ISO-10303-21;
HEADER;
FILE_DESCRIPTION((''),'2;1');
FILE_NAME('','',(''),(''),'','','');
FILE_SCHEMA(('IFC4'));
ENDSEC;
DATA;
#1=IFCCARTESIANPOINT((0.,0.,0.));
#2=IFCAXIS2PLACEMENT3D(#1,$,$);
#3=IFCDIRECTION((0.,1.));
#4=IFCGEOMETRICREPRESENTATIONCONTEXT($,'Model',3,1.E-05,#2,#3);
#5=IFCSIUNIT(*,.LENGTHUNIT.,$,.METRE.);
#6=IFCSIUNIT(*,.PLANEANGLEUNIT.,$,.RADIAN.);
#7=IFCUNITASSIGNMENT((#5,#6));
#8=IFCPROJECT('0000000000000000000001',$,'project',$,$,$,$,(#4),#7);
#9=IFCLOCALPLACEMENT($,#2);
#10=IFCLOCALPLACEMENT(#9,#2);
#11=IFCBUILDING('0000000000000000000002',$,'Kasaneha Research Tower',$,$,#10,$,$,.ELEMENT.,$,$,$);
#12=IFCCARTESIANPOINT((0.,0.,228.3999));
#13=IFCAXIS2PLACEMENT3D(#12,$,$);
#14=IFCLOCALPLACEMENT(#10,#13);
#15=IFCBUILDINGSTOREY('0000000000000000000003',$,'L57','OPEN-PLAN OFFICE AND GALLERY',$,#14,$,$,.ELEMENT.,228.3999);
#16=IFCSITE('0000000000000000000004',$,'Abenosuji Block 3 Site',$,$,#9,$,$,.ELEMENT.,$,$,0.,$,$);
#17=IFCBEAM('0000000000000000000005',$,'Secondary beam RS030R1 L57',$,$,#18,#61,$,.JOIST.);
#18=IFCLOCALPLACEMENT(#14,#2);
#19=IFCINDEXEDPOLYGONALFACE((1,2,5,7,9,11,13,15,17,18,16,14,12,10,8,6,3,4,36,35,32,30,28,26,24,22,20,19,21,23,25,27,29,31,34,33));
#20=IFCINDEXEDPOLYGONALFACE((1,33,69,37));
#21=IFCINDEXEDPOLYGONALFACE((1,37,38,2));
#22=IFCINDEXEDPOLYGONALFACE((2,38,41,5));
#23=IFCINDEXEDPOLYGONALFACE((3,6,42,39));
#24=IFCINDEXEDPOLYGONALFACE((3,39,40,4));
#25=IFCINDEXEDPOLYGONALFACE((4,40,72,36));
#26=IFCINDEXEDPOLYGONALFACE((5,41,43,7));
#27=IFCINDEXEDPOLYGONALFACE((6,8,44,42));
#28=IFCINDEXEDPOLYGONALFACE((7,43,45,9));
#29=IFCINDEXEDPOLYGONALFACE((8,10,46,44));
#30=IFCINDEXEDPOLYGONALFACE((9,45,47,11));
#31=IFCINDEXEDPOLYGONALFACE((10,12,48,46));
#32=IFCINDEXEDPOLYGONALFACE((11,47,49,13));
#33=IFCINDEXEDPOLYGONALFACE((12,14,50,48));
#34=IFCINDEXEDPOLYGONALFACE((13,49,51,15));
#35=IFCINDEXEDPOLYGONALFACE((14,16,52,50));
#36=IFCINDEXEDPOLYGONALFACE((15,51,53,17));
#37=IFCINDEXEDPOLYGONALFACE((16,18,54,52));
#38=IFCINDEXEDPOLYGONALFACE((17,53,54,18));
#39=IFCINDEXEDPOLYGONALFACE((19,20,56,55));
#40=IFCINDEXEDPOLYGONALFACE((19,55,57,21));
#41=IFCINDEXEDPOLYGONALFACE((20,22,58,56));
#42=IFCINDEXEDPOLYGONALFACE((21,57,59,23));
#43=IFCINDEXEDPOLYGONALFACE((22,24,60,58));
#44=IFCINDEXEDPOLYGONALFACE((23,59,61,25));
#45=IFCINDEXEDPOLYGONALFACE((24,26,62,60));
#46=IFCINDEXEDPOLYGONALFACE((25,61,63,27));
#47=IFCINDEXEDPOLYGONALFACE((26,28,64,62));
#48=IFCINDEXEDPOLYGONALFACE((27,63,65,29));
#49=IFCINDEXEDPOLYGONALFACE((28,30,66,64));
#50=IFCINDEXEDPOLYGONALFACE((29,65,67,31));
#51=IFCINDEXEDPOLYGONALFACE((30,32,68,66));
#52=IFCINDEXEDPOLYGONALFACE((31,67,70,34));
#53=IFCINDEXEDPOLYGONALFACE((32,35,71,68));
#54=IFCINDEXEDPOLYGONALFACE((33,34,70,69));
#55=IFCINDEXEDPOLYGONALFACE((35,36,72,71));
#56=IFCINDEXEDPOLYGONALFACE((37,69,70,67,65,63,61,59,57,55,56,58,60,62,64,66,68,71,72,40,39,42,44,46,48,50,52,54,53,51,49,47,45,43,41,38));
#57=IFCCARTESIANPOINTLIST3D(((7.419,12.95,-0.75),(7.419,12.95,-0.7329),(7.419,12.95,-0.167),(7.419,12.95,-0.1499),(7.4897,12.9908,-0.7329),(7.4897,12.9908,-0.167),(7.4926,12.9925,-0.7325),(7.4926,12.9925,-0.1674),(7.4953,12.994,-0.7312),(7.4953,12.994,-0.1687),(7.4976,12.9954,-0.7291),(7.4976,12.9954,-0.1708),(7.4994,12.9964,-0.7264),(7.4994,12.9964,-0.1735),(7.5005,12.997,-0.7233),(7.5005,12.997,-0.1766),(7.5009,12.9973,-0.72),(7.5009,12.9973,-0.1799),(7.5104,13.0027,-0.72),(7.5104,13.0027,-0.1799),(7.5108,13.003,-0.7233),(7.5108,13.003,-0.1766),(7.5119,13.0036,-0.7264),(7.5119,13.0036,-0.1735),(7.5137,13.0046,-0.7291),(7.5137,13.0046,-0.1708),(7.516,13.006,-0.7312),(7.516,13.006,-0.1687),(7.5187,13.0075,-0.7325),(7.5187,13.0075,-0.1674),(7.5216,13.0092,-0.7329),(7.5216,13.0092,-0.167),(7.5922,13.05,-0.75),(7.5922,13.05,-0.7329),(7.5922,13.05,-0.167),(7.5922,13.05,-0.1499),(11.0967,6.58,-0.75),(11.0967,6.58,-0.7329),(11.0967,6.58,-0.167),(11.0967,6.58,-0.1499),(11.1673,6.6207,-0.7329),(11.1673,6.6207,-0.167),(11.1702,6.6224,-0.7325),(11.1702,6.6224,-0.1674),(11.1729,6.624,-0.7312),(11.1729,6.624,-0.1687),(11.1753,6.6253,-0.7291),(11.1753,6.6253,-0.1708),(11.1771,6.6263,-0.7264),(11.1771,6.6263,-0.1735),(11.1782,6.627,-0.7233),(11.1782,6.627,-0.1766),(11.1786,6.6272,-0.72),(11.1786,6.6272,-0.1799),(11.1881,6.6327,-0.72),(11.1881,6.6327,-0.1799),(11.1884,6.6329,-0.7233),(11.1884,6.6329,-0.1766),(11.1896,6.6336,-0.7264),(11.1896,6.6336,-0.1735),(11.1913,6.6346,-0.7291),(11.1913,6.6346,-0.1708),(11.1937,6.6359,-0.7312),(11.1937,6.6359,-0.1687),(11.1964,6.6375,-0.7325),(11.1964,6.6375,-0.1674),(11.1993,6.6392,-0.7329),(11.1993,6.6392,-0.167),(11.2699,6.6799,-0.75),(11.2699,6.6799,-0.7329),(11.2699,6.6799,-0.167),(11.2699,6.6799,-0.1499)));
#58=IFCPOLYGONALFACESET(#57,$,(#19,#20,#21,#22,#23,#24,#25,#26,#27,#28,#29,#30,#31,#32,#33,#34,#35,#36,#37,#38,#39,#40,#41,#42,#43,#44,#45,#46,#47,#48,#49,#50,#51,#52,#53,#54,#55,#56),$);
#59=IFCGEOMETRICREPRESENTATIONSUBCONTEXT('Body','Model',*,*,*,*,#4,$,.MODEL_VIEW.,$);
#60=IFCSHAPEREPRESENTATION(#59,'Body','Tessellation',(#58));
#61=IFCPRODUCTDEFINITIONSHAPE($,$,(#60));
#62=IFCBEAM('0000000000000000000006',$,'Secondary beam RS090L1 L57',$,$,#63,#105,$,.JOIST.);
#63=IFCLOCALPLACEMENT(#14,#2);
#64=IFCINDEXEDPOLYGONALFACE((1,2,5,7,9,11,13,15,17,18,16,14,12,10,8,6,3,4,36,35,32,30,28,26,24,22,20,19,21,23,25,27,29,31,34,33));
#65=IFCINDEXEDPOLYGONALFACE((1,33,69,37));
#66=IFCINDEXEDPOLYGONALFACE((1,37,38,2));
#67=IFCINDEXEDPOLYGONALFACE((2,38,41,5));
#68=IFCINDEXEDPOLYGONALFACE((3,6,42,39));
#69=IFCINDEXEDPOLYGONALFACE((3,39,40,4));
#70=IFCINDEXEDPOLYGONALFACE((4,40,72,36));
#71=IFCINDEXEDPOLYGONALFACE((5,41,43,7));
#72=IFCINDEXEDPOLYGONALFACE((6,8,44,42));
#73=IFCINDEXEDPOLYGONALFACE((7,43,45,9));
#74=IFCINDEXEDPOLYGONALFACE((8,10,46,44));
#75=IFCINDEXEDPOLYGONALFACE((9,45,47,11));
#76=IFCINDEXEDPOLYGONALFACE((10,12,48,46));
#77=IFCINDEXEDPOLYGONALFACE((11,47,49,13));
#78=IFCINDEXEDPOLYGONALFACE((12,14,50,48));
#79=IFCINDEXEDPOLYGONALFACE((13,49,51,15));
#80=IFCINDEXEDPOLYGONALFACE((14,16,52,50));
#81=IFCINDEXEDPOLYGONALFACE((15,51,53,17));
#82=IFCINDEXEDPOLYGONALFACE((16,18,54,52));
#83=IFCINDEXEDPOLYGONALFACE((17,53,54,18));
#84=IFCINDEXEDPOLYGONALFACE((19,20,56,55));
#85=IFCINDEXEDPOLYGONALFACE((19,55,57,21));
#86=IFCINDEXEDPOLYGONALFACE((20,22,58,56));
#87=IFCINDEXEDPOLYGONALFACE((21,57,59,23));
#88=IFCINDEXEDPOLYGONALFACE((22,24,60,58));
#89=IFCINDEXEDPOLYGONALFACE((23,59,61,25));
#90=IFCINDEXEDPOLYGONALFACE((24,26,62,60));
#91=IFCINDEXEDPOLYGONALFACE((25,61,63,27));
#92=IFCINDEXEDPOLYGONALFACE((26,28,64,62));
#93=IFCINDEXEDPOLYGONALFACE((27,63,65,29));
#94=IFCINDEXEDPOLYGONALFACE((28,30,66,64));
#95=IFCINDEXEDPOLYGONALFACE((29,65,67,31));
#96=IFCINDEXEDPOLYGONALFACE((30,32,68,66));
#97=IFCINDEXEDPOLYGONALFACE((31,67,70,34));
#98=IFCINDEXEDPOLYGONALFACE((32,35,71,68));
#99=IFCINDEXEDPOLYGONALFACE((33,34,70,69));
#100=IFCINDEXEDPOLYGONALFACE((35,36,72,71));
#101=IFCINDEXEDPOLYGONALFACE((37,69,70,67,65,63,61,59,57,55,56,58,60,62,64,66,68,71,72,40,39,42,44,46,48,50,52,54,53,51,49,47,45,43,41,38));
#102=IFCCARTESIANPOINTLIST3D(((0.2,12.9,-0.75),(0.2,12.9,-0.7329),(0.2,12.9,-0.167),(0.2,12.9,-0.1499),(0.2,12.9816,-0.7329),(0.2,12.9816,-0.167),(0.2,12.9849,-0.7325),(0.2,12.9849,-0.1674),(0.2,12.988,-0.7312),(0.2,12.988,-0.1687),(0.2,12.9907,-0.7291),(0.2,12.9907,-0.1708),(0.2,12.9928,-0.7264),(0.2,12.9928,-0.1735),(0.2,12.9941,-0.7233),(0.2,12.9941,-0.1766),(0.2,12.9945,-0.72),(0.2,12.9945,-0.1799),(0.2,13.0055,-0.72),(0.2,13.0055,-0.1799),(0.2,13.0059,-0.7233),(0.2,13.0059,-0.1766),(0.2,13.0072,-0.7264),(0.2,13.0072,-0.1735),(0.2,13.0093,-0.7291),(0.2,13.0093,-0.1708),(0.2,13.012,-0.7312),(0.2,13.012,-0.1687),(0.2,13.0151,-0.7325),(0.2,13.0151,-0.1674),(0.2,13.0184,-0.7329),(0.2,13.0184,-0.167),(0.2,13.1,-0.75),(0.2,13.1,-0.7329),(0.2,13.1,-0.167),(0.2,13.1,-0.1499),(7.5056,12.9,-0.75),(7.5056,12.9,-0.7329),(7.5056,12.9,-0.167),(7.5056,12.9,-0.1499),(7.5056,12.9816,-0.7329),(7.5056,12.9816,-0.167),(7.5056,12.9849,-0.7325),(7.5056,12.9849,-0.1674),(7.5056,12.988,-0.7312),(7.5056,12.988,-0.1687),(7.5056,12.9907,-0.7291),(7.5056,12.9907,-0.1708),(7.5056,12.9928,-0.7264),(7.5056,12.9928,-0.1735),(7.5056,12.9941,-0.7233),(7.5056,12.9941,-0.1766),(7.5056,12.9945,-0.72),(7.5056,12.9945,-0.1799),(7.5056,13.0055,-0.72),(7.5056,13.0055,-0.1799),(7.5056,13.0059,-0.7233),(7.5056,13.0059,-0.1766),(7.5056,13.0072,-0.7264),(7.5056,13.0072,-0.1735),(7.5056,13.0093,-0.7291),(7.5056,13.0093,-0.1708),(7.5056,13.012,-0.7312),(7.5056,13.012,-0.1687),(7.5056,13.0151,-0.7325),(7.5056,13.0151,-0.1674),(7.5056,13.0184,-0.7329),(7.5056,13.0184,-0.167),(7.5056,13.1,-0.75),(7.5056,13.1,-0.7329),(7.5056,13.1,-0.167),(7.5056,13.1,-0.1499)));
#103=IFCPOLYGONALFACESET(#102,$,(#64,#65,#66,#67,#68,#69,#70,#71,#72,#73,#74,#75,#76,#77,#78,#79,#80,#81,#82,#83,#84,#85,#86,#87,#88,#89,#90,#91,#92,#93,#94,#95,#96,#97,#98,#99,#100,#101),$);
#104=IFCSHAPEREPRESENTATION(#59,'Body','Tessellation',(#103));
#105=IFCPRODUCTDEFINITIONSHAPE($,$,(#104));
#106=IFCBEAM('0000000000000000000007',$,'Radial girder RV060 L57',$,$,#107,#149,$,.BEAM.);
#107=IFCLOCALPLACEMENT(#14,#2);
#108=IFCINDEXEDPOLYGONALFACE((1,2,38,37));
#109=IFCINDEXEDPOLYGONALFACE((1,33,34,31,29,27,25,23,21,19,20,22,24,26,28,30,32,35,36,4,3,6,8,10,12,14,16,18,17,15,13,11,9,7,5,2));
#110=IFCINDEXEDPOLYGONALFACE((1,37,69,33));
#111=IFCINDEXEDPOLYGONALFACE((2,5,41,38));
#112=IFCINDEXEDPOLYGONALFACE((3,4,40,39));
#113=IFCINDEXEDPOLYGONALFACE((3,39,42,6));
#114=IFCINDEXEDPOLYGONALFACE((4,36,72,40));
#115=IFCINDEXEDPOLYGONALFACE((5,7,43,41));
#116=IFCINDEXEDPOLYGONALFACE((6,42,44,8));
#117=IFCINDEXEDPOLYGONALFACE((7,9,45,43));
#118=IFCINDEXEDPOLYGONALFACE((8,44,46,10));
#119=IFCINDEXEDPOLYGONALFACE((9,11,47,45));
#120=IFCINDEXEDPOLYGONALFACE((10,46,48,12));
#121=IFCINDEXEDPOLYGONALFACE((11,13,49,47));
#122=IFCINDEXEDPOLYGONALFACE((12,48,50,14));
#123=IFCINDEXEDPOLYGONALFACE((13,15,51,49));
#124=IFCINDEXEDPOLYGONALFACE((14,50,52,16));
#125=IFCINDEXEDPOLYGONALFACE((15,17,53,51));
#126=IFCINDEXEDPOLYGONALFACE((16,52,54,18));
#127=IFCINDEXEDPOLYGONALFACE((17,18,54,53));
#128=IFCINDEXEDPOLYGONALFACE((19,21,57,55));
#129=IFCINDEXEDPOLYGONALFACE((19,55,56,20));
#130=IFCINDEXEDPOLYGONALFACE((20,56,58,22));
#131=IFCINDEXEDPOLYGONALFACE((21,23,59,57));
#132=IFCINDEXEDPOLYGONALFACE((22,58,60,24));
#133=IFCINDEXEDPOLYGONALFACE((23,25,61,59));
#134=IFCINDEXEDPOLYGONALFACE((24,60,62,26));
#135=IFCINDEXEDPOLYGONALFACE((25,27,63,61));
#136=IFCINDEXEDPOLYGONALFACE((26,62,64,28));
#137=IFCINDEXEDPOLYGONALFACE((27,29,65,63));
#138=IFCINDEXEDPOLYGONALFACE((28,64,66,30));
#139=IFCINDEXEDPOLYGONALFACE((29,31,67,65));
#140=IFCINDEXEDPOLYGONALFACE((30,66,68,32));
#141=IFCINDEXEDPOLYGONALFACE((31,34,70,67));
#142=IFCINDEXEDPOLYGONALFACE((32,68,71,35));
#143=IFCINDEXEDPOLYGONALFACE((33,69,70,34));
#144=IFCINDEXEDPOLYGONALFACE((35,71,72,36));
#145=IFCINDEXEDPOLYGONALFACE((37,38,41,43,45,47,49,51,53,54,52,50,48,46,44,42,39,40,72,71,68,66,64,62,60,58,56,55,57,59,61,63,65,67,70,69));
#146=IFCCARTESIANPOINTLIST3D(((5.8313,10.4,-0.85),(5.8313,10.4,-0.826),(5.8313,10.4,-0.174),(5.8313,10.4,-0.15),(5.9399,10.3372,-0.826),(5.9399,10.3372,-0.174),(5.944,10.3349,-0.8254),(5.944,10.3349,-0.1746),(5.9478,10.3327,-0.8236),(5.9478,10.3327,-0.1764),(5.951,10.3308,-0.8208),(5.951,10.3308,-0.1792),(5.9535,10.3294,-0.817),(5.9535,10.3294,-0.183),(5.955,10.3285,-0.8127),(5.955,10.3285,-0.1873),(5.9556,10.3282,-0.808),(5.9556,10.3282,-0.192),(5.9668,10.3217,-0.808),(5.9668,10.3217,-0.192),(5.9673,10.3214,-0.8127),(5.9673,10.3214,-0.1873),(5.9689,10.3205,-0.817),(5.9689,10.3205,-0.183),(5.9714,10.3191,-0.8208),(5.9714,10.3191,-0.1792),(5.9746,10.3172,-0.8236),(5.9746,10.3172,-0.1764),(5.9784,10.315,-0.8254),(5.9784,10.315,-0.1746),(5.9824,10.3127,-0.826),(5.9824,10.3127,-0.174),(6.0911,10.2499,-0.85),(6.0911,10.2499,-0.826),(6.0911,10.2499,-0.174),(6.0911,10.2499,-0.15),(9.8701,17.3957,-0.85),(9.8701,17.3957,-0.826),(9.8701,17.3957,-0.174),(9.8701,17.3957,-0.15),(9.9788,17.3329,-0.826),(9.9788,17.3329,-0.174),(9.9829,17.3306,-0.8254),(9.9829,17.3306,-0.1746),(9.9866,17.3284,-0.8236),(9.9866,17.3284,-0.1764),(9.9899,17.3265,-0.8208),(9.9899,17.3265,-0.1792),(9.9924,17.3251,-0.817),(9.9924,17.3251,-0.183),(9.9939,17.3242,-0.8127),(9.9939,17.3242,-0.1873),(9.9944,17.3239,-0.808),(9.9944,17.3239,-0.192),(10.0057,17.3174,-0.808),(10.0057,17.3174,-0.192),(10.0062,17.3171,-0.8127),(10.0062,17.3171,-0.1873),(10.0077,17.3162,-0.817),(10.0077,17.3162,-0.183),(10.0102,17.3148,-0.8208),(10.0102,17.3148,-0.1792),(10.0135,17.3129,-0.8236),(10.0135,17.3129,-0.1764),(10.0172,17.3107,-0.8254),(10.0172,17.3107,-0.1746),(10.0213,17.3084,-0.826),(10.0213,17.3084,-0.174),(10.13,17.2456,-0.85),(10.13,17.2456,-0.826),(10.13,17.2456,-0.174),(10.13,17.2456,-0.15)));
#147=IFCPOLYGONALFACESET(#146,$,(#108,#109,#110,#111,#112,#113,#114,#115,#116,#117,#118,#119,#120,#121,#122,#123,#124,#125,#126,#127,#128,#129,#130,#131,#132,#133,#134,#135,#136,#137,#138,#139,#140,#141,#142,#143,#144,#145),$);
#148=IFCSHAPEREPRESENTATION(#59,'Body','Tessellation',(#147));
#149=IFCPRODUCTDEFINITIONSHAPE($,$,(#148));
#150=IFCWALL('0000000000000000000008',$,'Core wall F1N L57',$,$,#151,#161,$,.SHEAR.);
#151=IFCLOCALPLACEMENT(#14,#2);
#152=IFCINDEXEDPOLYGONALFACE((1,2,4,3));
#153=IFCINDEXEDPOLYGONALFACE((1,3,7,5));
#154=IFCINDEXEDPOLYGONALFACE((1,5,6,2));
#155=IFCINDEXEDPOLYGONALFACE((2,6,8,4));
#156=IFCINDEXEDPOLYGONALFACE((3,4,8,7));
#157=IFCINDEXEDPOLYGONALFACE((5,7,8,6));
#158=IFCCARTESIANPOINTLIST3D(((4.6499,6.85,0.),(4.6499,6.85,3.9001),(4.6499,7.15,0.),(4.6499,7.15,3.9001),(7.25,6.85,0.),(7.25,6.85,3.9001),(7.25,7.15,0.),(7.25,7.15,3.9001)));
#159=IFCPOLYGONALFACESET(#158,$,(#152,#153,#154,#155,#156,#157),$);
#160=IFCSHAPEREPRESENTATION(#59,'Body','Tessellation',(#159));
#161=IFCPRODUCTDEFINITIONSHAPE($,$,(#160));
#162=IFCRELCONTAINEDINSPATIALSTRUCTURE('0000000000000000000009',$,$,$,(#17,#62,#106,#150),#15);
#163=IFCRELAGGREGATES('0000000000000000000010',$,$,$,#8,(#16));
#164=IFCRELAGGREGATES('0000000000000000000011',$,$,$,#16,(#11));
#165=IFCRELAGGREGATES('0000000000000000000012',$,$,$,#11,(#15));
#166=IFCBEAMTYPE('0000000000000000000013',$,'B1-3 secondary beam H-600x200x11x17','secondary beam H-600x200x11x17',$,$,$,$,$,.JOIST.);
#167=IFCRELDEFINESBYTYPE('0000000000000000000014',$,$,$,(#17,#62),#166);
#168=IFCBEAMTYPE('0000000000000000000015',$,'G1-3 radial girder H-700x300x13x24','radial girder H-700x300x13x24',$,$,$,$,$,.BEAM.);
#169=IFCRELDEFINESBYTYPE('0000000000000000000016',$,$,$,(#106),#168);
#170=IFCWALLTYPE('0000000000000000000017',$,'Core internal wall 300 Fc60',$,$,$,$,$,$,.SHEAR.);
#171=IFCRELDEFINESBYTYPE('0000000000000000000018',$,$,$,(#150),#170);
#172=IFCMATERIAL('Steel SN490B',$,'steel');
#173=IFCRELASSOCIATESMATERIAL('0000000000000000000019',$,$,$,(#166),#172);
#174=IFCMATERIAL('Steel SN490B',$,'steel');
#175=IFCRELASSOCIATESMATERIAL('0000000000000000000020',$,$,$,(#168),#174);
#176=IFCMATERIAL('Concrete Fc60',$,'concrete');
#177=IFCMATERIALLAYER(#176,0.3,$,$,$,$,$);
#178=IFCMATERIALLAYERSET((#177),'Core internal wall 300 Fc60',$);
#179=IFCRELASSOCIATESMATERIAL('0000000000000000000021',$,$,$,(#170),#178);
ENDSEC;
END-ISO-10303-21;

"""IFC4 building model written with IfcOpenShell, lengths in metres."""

from ifc_helpers import new_model, si_unit, direction, frame, frame_2d, origin, origin_2d, place, context, subcontext, project, spatial, rectangle, i_section, extrude, material, layer, layer_set, material_profile, profile_set, type_object, element, save


model = new_model("IFC4")

# Units and contexts
model_context = context("Model", 3, precision=1e-05, world=origin(), true_north=direction((0.0, 1.0)))
body_context = subcontext(model_context, "Body", "Model", "MODEL_VIEW")
ifc_project = project(units=[si_unit("LENGTHUNIT", "METRE"), si_unit("PLANEANGLEUNIT", "RADIAN")], contexts=[model_context])

# Site, building, storey
site_placement = place(None, origin())
site = spatial("IfcSite", under=ifc_project, at=site_placement, Name="Abenosuji Block 3 Site", CompositionType="ELEMENT", RefElevation=0.0)
building_placement = place(site_placement, origin())
building = spatial("IfcBuilding", under=site, at=building_placement, Name="Kasaneha Research Tower", CompositionType="ELEMENT")
storey_placement = place(building_placement, frame((0.0, 0.0, 228.3999)))
storey = spatial("IfcBuildingStorey", under=building, at=storey_placement, Name="L57", Description="OPEN-PLAN OFFICE AND GALLERY", CompositionType="ELEMENT", Elevation=228.3999)

# Beams
ifc_material_1 = material(Name="Steel SN490B", Category="steel")
ifc_material_profile_1 = material_profile(ifc_material_1, i_section(OverallWidth=0.2, OverallDepth=0.6001, WebThickness=0.011, FlangeThickness=0.0171, FilletRadius=0.0129, at=origin_2d()), Name="H-600x200x11x17")
ifc_profile_set_1 = profile_set([ifc_material_profile_1], Name="Steel SN490B")
beam_type_1 = type_object("IfcBeamType", Name="B1-3 secondary beam H-600x200x11x17", Description="secondary beam H-600x200x11x17", PredefinedType="JOIST", material=ifc_profile_set_1)
beam_1_placement = place(storey_placement, frame((7.5056, 13.0, -0.45), z_axis=(0.499994, -0.866029, 0.0), x_axis=(0.866029, 0.499994, 0.0)))
element("IfcBeam", 1, at=beam_1_placement, inside=storey, type_object=beam_type_1, Name="Secondary beam RS030R1 L57", PredefinedType="JOIST", context=body_context, shape_type="SweptSolid", body=[
    extrude(i_section(OverallWidth=0.2, OverallDepth=0.6001, WebThickness=0.011, FlangeThickness=0.0171, FilletRadius=0.0129, at=origin_2d()), origin(), (0.0, 0.0, 1.0), 7.3555),
])
beam_2_placement = place(storey_placement, frame((7.5056, 13.0, -0.45), z_axis=(-1.0, 0.0, 0.0), x_axis=(0.0, -1.0, 0.0)))
element("IfcBeam", 2, at=beam_2_placement, inside=storey, type_object=beam_type_1, Name="Secondary beam RS090L1 L57", PredefinedType="JOIST", context=body_context, shape_type="SweptSolid", body=[
    extrude(i_section(OverallWidth=0.2, OverallDepth=0.6001, WebThickness=0.011, FlangeThickness=0.0171, FilletRadius=0.0129, at=origin_2d()), origin(), (0.0, 0.0, 1.0), 7.3057),
])
ifc_material_2 = material(Name="Steel SN490B", Category="steel")
ifc_material_profile_2 = material_profile(ifc_material_2, i_section(OverallWidth=0.3, OverallDepth=0.7, WebThickness=0.0129, FlangeThickness=0.0239, FilletRadius=0.0181, at=origin_2d()), Name="H-700x300x13x24")
ifc_profile_set_2 = profile_set([ifc_material_profile_2], Name="Steel SN490B")
beam_type_2 = type_object("IfcBeamType", Name="G1-3 radial girder H-700x300x13x24", Description="radial girder H-700x300x13x24", PredefinedType="BEAM", material=ifc_profile_set_2)
beam_3_placement = place(storey_placement, frame((5.9612, 10.325, -0.5), z_axis=(0.499991, 0.866031, 0.0), x_axis=(-0.866031, 0.499991, 0.0)))
element("IfcBeam", 3, at=beam_3_placement, inside=storey, type_object=beam_type_2, Name="Radial girder RV060 L57", PredefinedType="BEAM", context=body_context, shape_type="SweptSolid", body=[
    extrude(i_section(OverallWidth=0.3, OverallDepth=0.7, WebThickness=0.0129, FlangeThickness=0.0239, FilletRadius=0.0181, at=origin_2d()), origin(), (0.0, 0.0, 1.0), 8.0779),
])

# Wall
ifc_material_3 = material(Name="Concrete Fc60", Category="concrete")
ifc_layer_1 = layer(ifc_material_3, 0.3)
ifc_layer_set_1 = layer_set([ifc_layer_1], Name="Core internal wall 300 Fc60")
wall_type_1 = type_object("IfcWallType", Name="Core internal wall 300 Fc60", PredefinedType="SHEAR", material=ifc_layer_set_1)
wall_1_placement = place(storey_placement, frame((4.6499, 7.0, 0.0), z_axis=(0.0, 0.0, 1.0), x_axis=(1.0, 0.0, 0.0)))
element("IfcWall", 4, at=wall_1_placement, inside=storey, type_object=wall_type_1, Name="Core wall F1N L57", PredefinedType="SHEAR", context=body_context, shape_type="SweptSolid", body=[
    extrude(rectangle(XDim=2.6001, YDim=0.3, at=frame_2d((1.3, 0.0))), origin(), (0.0, 0.0, 1.0), 3.9001),
])

save(model, "model.ifc")
